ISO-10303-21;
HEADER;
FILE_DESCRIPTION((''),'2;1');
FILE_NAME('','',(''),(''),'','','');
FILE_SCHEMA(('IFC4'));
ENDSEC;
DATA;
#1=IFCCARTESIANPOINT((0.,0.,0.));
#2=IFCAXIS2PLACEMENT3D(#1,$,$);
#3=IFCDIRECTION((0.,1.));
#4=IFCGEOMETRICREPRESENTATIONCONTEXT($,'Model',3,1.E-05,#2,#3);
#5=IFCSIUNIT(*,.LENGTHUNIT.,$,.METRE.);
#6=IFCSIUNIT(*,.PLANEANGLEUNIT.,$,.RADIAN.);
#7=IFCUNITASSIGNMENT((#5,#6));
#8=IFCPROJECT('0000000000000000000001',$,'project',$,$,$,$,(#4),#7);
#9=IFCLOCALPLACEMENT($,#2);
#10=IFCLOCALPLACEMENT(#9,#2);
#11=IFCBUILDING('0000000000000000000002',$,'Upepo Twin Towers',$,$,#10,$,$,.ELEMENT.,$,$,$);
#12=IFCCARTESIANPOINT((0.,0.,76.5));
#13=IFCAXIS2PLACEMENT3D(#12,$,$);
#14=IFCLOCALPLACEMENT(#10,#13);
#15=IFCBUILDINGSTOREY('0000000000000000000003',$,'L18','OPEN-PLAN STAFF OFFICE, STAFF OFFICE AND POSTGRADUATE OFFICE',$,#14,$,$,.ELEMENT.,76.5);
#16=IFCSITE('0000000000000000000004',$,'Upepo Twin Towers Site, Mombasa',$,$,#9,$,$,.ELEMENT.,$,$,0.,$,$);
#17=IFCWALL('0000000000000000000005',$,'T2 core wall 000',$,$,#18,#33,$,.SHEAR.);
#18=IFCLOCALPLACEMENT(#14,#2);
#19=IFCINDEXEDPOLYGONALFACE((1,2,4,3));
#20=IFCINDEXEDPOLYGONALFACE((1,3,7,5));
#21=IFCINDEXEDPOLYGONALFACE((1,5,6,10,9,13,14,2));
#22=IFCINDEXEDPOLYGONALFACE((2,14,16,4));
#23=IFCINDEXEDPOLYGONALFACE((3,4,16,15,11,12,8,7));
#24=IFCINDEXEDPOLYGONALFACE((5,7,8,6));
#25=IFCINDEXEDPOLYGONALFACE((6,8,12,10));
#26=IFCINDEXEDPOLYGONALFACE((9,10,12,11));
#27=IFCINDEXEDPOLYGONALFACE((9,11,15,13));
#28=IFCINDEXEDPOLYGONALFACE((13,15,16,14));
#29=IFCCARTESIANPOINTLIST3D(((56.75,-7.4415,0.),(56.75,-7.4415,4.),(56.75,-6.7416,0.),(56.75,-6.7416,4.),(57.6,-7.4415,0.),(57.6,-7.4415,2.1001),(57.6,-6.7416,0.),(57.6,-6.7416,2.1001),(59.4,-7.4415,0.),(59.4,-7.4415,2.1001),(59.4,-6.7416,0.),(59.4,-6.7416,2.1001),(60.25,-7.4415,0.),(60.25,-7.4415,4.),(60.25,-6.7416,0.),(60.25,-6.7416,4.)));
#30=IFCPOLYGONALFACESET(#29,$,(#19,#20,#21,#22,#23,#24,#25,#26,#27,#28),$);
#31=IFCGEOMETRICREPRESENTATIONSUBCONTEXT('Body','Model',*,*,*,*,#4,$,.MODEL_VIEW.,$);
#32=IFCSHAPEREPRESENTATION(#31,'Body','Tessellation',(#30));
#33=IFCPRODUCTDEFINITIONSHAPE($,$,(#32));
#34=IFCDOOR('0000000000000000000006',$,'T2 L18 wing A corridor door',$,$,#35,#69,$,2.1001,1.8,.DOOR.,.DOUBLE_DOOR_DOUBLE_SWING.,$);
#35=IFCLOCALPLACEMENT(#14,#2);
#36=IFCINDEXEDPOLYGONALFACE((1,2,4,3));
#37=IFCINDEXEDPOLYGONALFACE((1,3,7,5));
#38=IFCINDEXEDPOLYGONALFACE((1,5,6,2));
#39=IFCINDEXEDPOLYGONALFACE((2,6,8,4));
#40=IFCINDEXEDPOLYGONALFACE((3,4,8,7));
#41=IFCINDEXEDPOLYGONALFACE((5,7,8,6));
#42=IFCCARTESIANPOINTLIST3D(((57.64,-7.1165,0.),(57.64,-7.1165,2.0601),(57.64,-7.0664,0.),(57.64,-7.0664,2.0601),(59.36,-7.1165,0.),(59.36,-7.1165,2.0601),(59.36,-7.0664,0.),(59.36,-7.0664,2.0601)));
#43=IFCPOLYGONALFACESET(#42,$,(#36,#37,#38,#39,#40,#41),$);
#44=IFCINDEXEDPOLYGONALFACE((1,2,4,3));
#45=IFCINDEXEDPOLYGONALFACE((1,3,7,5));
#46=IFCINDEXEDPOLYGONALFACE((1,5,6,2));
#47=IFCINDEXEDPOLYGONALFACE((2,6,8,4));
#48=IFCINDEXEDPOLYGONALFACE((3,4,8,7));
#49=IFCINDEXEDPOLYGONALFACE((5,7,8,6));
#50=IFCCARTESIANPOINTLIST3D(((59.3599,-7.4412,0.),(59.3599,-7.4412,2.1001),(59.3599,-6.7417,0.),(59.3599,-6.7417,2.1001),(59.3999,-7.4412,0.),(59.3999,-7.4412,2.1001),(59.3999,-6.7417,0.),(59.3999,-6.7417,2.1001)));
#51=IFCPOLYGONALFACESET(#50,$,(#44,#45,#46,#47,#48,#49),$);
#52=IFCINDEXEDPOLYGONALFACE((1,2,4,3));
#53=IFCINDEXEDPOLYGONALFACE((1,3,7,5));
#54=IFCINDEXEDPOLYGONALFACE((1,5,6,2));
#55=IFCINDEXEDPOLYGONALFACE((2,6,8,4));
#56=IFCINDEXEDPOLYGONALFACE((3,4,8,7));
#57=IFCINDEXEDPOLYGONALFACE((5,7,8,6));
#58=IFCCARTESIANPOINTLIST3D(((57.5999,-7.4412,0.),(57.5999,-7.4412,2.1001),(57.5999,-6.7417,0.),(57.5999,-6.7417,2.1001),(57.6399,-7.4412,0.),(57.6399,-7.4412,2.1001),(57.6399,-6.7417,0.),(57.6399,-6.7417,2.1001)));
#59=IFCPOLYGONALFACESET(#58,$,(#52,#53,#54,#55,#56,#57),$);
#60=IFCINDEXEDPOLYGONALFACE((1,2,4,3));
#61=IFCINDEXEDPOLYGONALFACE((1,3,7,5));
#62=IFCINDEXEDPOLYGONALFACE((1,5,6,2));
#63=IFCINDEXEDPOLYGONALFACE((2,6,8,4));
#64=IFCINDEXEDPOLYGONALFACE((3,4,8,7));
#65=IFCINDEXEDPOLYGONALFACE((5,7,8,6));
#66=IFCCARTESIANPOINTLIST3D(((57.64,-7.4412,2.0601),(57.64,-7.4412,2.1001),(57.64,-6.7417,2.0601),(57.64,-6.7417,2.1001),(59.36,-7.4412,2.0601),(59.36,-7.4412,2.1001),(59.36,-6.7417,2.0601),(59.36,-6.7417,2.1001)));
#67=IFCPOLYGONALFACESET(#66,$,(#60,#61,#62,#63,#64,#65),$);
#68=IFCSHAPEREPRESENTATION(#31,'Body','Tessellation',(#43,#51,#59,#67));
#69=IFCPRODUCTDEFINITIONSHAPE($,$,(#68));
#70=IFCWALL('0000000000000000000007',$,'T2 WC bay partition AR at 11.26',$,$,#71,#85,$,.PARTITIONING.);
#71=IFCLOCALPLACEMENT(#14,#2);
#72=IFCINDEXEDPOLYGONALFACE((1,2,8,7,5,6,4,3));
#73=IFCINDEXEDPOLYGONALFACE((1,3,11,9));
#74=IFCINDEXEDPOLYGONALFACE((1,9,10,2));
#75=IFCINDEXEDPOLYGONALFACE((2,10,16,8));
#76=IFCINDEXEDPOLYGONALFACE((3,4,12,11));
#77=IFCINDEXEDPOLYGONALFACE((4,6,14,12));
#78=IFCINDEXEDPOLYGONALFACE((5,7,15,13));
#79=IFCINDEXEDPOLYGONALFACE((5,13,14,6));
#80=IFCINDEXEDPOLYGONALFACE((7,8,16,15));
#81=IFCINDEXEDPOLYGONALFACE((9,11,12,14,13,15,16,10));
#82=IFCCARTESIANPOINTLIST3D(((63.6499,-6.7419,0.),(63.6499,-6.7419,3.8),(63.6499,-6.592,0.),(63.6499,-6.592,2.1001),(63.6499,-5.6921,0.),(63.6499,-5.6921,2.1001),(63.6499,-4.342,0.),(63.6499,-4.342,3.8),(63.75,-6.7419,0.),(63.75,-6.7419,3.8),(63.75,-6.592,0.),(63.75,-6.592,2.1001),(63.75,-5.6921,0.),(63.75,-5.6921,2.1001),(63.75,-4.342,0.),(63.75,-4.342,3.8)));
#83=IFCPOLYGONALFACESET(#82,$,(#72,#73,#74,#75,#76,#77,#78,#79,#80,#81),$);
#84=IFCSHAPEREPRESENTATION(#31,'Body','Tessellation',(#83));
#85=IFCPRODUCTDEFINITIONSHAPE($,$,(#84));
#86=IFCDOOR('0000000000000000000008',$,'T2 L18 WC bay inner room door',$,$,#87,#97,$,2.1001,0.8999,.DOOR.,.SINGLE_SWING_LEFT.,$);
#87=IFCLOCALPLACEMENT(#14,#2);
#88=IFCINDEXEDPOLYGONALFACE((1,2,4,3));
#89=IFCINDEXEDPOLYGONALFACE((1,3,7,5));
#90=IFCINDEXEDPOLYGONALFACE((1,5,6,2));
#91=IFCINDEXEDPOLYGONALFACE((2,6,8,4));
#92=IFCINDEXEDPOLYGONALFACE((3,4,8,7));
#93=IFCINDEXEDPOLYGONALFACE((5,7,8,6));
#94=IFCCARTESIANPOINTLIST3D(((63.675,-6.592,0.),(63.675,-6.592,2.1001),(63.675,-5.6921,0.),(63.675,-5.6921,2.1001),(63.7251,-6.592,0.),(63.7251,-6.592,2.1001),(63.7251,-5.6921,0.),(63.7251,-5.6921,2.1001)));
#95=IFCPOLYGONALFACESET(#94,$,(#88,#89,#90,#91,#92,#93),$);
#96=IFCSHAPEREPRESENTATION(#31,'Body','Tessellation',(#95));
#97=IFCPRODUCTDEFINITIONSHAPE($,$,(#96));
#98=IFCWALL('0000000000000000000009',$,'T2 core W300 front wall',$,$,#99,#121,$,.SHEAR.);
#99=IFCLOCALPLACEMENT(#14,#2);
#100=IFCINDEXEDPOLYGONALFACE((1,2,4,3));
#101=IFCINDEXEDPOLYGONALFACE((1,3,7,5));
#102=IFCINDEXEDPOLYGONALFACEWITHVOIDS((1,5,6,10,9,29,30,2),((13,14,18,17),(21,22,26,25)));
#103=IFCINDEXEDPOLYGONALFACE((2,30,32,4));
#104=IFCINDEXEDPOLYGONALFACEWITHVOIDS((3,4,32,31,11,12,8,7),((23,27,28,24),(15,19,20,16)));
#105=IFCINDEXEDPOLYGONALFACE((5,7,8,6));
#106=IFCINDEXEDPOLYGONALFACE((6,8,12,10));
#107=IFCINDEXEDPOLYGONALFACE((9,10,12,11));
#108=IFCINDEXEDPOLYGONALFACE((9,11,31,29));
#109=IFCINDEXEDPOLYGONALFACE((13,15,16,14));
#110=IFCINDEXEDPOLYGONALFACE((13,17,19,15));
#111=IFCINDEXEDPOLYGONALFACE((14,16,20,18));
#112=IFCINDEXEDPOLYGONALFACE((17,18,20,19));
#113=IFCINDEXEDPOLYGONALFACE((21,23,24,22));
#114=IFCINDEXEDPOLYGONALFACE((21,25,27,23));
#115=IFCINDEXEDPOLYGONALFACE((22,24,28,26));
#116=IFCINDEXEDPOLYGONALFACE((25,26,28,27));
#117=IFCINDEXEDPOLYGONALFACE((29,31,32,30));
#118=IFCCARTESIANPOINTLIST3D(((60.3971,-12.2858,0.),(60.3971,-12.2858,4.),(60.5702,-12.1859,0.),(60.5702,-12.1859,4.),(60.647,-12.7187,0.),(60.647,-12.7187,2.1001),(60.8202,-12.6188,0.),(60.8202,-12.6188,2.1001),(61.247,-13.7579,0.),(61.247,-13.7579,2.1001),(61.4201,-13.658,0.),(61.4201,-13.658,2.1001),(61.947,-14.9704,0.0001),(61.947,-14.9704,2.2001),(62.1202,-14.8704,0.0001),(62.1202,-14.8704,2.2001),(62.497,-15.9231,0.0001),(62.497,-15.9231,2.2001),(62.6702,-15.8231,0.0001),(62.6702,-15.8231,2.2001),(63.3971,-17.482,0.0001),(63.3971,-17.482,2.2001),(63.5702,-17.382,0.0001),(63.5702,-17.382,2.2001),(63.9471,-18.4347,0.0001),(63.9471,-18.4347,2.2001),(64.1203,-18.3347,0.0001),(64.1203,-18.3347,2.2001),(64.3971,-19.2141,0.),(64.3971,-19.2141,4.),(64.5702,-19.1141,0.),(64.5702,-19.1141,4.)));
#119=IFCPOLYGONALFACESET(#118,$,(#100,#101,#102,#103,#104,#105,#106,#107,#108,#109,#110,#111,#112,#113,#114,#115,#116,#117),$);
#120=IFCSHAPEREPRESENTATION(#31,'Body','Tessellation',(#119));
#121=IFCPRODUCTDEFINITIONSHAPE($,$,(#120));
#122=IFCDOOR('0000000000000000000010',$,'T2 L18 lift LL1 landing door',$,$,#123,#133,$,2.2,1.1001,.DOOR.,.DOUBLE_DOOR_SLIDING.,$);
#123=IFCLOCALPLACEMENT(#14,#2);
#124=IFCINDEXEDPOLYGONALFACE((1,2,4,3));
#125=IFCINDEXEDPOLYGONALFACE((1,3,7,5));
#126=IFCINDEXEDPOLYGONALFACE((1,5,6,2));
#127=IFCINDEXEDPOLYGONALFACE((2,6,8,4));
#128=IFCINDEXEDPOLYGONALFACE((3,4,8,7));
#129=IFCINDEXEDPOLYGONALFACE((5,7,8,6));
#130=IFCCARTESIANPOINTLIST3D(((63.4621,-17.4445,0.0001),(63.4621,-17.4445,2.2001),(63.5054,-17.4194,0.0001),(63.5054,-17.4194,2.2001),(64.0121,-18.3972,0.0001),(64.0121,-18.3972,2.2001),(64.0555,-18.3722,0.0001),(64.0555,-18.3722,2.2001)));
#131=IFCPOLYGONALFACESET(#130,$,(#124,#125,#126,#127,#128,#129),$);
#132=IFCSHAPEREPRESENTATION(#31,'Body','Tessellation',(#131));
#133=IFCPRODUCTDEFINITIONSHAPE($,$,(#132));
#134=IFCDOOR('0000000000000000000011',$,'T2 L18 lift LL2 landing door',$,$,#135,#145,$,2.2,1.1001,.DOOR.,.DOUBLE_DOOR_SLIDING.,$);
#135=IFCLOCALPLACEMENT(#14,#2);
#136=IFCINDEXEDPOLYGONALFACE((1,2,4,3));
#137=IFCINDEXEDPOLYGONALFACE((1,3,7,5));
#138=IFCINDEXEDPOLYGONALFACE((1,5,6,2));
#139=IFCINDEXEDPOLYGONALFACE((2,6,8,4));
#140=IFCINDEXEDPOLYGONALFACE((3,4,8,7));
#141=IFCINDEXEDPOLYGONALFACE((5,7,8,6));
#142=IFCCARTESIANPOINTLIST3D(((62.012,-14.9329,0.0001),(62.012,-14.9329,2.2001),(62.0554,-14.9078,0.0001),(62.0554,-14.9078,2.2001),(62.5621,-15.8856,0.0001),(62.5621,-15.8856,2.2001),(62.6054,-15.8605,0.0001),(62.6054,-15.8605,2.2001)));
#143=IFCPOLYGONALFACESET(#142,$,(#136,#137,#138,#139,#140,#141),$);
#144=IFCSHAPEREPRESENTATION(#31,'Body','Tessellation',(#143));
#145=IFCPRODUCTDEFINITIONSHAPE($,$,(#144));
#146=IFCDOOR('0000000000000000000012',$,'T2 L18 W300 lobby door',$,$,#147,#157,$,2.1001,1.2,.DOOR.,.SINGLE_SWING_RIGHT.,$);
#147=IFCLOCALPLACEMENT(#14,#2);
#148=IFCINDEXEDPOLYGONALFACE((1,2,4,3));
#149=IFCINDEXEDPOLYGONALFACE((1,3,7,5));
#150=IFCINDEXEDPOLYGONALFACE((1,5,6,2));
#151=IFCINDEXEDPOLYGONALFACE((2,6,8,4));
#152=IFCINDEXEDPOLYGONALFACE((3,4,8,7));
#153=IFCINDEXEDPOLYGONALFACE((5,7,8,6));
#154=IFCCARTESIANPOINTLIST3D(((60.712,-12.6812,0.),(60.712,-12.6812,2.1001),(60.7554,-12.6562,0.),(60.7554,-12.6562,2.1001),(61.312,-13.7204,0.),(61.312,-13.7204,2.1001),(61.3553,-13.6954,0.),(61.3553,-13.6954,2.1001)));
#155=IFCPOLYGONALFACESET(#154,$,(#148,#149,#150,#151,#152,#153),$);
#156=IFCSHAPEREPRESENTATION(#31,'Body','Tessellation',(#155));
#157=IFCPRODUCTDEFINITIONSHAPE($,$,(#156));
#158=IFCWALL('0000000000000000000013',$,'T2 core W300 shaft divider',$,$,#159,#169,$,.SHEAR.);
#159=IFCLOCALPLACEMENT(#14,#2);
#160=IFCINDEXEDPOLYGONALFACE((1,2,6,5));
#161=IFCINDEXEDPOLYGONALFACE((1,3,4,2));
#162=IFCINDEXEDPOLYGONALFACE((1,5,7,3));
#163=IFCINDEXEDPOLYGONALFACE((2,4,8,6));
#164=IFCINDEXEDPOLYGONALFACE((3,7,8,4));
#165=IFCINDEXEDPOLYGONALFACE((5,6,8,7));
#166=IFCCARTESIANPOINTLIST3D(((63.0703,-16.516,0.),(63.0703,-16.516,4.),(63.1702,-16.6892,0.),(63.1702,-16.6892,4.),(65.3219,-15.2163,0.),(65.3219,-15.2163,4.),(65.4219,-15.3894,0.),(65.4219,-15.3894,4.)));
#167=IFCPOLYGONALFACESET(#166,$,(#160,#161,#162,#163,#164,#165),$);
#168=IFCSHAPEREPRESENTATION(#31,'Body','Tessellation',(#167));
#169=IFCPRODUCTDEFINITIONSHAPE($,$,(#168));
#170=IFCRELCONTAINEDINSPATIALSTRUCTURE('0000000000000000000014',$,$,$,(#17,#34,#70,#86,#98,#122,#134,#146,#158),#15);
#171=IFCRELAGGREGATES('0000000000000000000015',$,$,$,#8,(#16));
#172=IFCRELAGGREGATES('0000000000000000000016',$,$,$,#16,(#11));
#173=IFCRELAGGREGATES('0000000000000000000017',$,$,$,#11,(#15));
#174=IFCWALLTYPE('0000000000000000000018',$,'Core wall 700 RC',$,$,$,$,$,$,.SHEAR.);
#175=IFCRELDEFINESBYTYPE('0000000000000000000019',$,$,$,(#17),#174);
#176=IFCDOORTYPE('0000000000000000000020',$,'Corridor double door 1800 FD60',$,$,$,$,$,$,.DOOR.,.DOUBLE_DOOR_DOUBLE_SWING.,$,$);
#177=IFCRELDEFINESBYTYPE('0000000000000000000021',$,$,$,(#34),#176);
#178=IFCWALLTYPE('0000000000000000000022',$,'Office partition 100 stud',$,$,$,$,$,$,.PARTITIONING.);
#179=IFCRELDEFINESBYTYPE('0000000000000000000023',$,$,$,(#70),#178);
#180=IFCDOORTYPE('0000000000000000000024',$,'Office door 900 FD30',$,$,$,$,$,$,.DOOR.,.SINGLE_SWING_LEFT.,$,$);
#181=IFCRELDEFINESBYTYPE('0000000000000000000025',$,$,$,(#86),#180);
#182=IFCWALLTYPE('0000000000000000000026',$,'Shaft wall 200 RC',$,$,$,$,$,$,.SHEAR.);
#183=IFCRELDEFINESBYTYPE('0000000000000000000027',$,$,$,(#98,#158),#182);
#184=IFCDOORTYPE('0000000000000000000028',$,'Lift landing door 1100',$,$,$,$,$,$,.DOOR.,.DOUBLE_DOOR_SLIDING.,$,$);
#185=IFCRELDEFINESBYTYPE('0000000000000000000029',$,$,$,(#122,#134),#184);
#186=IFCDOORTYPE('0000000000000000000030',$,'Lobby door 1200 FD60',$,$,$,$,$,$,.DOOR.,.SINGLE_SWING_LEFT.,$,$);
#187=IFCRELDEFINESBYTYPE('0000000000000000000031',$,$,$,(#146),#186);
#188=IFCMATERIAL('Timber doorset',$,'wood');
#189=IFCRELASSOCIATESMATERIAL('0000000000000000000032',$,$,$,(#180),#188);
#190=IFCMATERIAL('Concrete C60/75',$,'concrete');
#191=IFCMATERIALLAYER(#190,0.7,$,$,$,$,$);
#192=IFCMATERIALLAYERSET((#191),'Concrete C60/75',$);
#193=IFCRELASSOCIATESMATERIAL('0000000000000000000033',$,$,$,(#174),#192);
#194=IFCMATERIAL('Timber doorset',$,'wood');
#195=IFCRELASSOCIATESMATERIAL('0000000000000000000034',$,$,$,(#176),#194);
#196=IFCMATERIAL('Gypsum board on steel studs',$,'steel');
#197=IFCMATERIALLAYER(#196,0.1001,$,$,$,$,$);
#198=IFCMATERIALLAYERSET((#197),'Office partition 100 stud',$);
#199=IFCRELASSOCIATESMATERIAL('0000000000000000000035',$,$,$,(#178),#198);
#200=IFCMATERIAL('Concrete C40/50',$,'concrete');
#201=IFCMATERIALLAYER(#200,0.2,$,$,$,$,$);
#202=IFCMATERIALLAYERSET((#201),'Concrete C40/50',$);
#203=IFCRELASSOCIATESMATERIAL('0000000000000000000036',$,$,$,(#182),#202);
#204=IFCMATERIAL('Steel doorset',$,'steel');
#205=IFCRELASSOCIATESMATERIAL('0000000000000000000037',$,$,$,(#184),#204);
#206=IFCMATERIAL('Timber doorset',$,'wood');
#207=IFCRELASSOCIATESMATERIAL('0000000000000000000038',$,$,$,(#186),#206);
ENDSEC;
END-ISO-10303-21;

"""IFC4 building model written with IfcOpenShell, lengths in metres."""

from ifc_helpers import new_model, si_unit, direction, frame, frame_2d, origin, place, context, subcontext, project, spatial, rectangle, extrude, material, layer, layer_set, type_object, element, fill, save


model = new_model("IFC4")

# Units and contexts
model_context = context("Model", 3, precision=1e-05, world=origin(), true_north=direction((0.0, 1.0)))
body_context = subcontext(model_context, "Body", "Model", "MODEL_VIEW")
ifc_project = project(units=[si_unit("LENGTHUNIT", "METRE"), si_unit("PLANEANGLEUNIT", "RADIAN")], contexts=[model_context])

# Site, building, storey
site_placement = place(None, origin())
site = spatial("IfcSite", under=ifc_project, at=site_placement, Name="Upepo Twin Towers Site, Mombasa", CompositionType="ELEMENT", RefElevation=0.0)
building_placement = place(site_placement, origin())
building = spatial("IfcBuilding", under=site, at=building_placement, Name="Upepo Twin Towers", CompositionType="ELEMENT")
storey_placement = place(building_placement, frame((0.0, 0.0, 76.5)))
storey = spatial("IfcBuildingStorey", under=building, at=storey_placement, Name="L18", Description="OPEN-PLAN STAFF OFFICE, STAFF OFFICE AND POSTGRADUATE OFFICE", CompositionType="ELEMENT", Elevation=76.5)

# Shared definitions
ifc_material_1 = material(Name="Timber doorset", Category="wood")
door_type_1 = type_object("IfcDoorType", Name="Office door 900 FD30", OperationType="SINGLE_SWING_LEFT", PredefinedType="DOOR", material=ifc_material_1)

# Shared definitions
ifc_material_2 = material(Name="Concrete C60/75", Category="concrete")
ifc_layer_1 = layer(ifc_material_2, 0.7)
ifc_layer_set_1 = layer_set([ifc_layer_1], Name="Concrete C60/75")
wall_type_1 = type_object("IfcWallType", Name="Core wall 700 RC", PredefinedType="SHEAR", material=ifc_layer_set_1)

# Walls, openings, doors
wall_1_placement = place(storey_placement, frame((60.25, -7.0916, 0.0), z_axis=(0.0, 0.0, 1.0), x_axis=(-1.0, 0.0, 0.0)))
wall_1 = element("IfcWall", 1, at=wall_1_placement, inside=storey, type_object=wall_type_1, Name="T2 core wall 000", PredefinedType="SHEAR", context=body_context, shape_type="SweptSolid", body=[
    extrude(rectangle(XDim=3.5, YDim=0.7, at=frame_2d((1.75, 0.0))), origin(), (0.0, 0.0, 1.0), 4.0),
])
opening_1_placement = place(wall_1_placement, frame((0.8501, 0.0, 0.0)))
opening_1 = element("IfcOpeningElement", 2, at=opening_1_placement, cuts=wall_1, PredefinedType="OPENING", context=body_context, shape_type="SweptSolid", body=[
    extrude(rectangle(XDim=1.8, YDim=2.1001, at=frame_2d((0.8999, 1.05))), frame((0.0, 0.3599, 0.0), z_axis=(0.0, -1.0, 0.0), x_axis=(1.0, 0.0, 0.0)), (0.0, 0.0, 1.0), 0.72),
])
ifc_material_3 = material(Name="Timber doorset", Category="wood")
door_type_2 = type_object("IfcDoorType", Name="Corridor double door 1800 FD60", OperationType="DOUBLE_DOOR_DOUBLE_SWING", PredefinedType="DOOR", material=ifc_material_3)
door_1_placement = place(opening_1_placement, origin())
door_1 = element("IfcDoor", 3, at=door_1_placement, inside=storey, type_object=door_type_2, Name="T2 L18 wing A corridor door", OperationType="DOUBLE_DOOR_DOUBLE_SWING", OverallHeight=2.1001, OverallWidth=1.8, PredefinedType="DOOR", context=body_context, shape_type="SweptSolid", body=[
    extrude(rectangle(XDim=1.72, YDim=2.0601, at=frame_2d((0.8999, 1.03))), frame((0.0, 0.0249, 0.0), z_axis=(0.0, -1.0, 0.0), x_axis=(1.0, 0.0, 0.0)), (0.0, 0.0, 1.0), 0.05),
    extrude(rectangle(XDim=0.04, YDim=2.1001, at=frame_2d((0.02, 1.05))), frame((0.0, 0.3496, 0.0), z_axis=(0.0, -1.0, 0.0), x_axis=(1.0, 0.0, 0.0)), (0.0, 0.0, 1.0), 0.6995),
    extrude(rectangle(XDim=0.04, YDim=2.1001, at=frame_2d((1.78, 1.05))), frame((0.0, 0.3496, 0.0), z_axis=(0.0, -1.0, 0.0), x_axis=(1.0, 0.0, 0.0)), (0.0, 0.0, 1.0), 0.6995),
    extrude(rectangle(XDim=1.72, YDim=0.04, at=frame_2d((0.8999, 2.0801))), frame((0.0, 0.3496, 0.0), z_axis=(0.0, -1.0, 0.0), x_axis=(1.0, 0.0, 0.0)), (0.0, 0.0, 1.0), 0.6995),
])
fill(opening_1, door_1)
ifc_material_4 = material(Name="Gypsum board on steel studs", Category="steel")
ifc_layer_2 = layer(ifc_material_4, 0.1001)
ifc_layer_set_2 = layer_set([ifc_layer_2], Name="Office partition 100 stud")
wall_type_2 = type_object("IfcWallType", Name="Office partition 100 stud", PredefinedType="PARTITIONING", material=ifc_layer_set_2)
wall_2_placement = place(storey_placement, frame((63.7, -6.7419, 0.0), z_axis=(0.0, 0.0, 1.0), x_axis=(0.0, 1.0, 0.0)))
wall_2 = element("IfcWall", 4, at=wall_2_placement, inside=storey, type_object=wall_type_2, Name="T2 WC bay partition AR at 11.26", PredefinedType="PARTITIONING", context=body_context, shape_type="SweptSolid", body=[
    extrude(rectangle(XDim=2.3999, YDim=0.1001, at=frame_2d((1.2, 0.0))), origin(), (0.0, 0.0, 1.0), 3.8),
])
opening_2_placement = place(wall_2_placement, frame((0.1499, 0.0, 0.0)))
opening_2 = element("IfcOpeningElement", 5, at=opening_2_placement, cuts=wall_2, PredefinedType="OPENING", context=body_context, shape_type="SweptSolid", body=[
    extrude(rectangle(XDim=0.8999, YDim=2.1001, at=frame_2d((0.45, 1.05))), frame((0.0, 0.0601, 0.0), z_axis=(0.0, -1.0, 0.0), x_axis=(1.0, 0.0, 0.0)), (0.0, 0.0, 1.0), 0.1201),
])
door_2_placement = place(opening_2_placement, origin())
door_2 = element("IfcDoor", 6, at=door_2_placement, inside=storey, type_object=door_type_1, Name="T2 L18 WC bay inner room door", OperationType="SINGLE_SWING_LEFT", OverallHeight=2.1001, OverallWidth=0.8999, PredefinedType="DOOR", context=body_context, shape_type="SweptSolid", body=[
    extrude(rectangle(XDim=0.8999, YDim=2.1001, at=frame_2d((0.45, 1.05))), frame((0.0, 0.0249, 0.0), z_axis=(0.0, -1.0, 0.0), x_axis=(1.0, 0.0, 0.0)), (0.0, 0.0, 1.0), 0.05),
])
fill(opening_2, door_2)

# Wall, openings, doors
ifc_material_5 = material(Name="Concrete C40/50", Category="concrete")
ifc_layer_3 = layer(ifc_material_5, 0.2)
ifc_layer_set_3 = layer_set([ifc_layer_3], Name="Concrete C40/50")
wall_type_3 = type_object("IfcWallType", Name="Shaft wall 200 RC", PredefinedType="SHEAR", material=ifc_layer_set_3)
wall_3_placement = place(storey_placement, frame((64.4836, -19.1641, 0.0), z_axis=(0.0, 0.0, 1.0), x_axis=(-0.499999, 0.866026, 0.0)))
wall_3 = element("IfcWall", 7, at=wall_3_placement, inside=storey, type_object=wall_type_3, Name="T2 core W300 front wall", PredefinedType="SHEAR", context=body_context, shape_type="SweptSolid", body=[
    extrude(rectangle(XDim=8.0, YDim=0.2, at=frame_2d((4.0, 0.0))), origin(), (0.0, 0.0, 1.0), 4.0),
])
opening_3_placement = place(wall_3_placement, frame((6.3, 0.0, 0.0)))
opening_3 = element("IfcOpeningElement", 8, at=opening_3_placement, cuts=wall_3, PredefinedType="OPENING", context=body_context, shape_type="SweptSolid", body=[
    extrude(rectangle(XDim=1.2, YDim=2.1001, at=frame_2d((0.6001, 1.05))), frame((0.0, 0.1099, 0.0), z_axis=(0.0, -1.0, 0.0), x_axis=(1.0, 0.0, 0.0)), (0.0, 0.0, 1.0), 0.22),
])
opening_4_placement = place(wall_3_placement, frame((0.8999, 0.0, 0.0)))
opening_4 = element("IfcOpeningElement", 9, at=opening_4_placement, cuts=wall_3, PredefinedType="OPENING", context=body_context, shape_type="SweptSolid", body=[
    extrude(rectangle(XDim=1.1001, YDim=2.2, at=frame_2d((0.55, 1.1001))), frame((0.0, 0.1099, 0.0), z_axis=(0.0, -1.0, 0.0), x_axis=(1.0, 0.0, 0.0)), (0.0, 0.0, 1.0), 0.22),
])
opening_5_placement = place(wall_3_placement, frame((3.8, 0.0, 0.0)))
opening_5 = element("IfcOpeningElement", 10, at=opening_5_placement, cuts=wall_3, PredefinedType="OPENING", context=body_context, shape_type="SweptSolid", body=[
    extrude(rectangle(XDim=1.1001, YDim=2.2, at=frame_2d((0.55, 1.1001))), frame((0.0, 0.1099, 0.0), z_axis=(0.0, -1.0, 0.0), x_axis=(1.0, 0.0, 0.0)), (0.0, 0.0, 1.0), 0.22),
])
ifc_material_6 = material(Name="Steel doorset", Category="steel")
door_type_3 = type_object("IfcDoorType", Name="Lift landing door 1100", OperationType="DOUBLE_DOOR_SLIDING", PredefinedType="DOOR", material=ifc_material_6)
door_3_placement = place(opening_4_placement, origin())
door_3 = element("IfcDoor", 11, at=door_3_placement, inside=storey, type_object=door_type_3, Name="T2 L18 lift LL1 landing door", OperationType="DOUBLE_DOOR_SLIDING", OverallHeight=2.2, OverallWidth=1.1001, PredefinedType="DOOR", context=body_context, shape_type="SweptSolid", body=[
    extrude(rectangle(XDim=1.1001, YDim=2.2, at=frame_2d((0.55, 1.1001))), frame((0.0, 0.0249, 0.0), z_axis=(0.0, -1.0, 0.0), x_axis=(1.0, 0.0, 0.0)), (0.0, 0.0, 1.0), 0.05),
])
fill(opening_4, door_3)
door_4_placement = place(opening_5_placement, origin())
door_4 = element("IfcDoor", 12, at=door_4_placement, inside=storey, type_object=door_type_3, Name="T2 L18 lift LL2 landing door", OperationType="DOUBLE_DOOR_SLIDING", OverallHeight=2.2, OverallWidth=1.1001, PredefinedType="DOOR", context=body_context, shape_type="SweptSolid", body=[
    extrude(rectangle(XDim=1.1001, YDim=2.2, at=frame_2d((0.55, 1.1001))), frame((0.0, 0.0249, 0.0), z_axis=(0.0, -1.0, 0.0), x_axis=(1.0, 0.0, 0.0)), (0.0, 0.0, 1.0), 0.05),
])
fill(opening_5, door_4)
ifc_material_7 = material(Name="Timber doorset", Category="wood")
door_type_4 = type_object("IfcDoorType", Name="Lobby door 1200 FD60", OperationType="SINGLE_SWING_LEFT", PredefinedType="DOOR", material=ifc_material_7)
door_5_placement = place(opening_3_placement, origin())
door_5 = element("IfcDoor", 13, at=door_5_placement, inside=storey, type_object=door_type_4, Name="T2 L18 W300 lobby door", OperationType="SINGLE_SWING_RIGHT", OverallHeight=2.1001, OverallWidth=1.2, PredefinedType="DOOR", context=body_context, shape_type="SweptSolid", body=[
    extrude(rectangle(XDim=1.2, YDim=2.1001, at=frame_2d((0.6001, 1.05))), frame((0.0, 0.0249, 0.0), z_axis=(0.0, -1.0, 0.0), x_axis=(1.0, 0.0, 0.0)), (0.0, 0.0, 1.0), 0.05),
])
fill(opening_3, door_5)

# Wall
wall_4_placement = place(storey_placement, frame((63.1204, -16.6025, 0.0), z_axis=(0.0, 0.0, 1.0), x_axis=(0.866062, 0.499937, 0.0)))
element("IfcWall", 14, at=wall_4_placement, inside=storey, type_object=wall_type_3, Name="T2 core W300 shaft divider", PredefinedType="SHEAR", context=body_context, shape_type="SweptSolid", body=[
    extrude(rectangle(XDim=2.5999, YDim=0.2, at=frame_2d((1.2998, 0.0))), origin(), (0.0, 0.0, 1.0), 4.0),
])

save(model, "model.ifc")
